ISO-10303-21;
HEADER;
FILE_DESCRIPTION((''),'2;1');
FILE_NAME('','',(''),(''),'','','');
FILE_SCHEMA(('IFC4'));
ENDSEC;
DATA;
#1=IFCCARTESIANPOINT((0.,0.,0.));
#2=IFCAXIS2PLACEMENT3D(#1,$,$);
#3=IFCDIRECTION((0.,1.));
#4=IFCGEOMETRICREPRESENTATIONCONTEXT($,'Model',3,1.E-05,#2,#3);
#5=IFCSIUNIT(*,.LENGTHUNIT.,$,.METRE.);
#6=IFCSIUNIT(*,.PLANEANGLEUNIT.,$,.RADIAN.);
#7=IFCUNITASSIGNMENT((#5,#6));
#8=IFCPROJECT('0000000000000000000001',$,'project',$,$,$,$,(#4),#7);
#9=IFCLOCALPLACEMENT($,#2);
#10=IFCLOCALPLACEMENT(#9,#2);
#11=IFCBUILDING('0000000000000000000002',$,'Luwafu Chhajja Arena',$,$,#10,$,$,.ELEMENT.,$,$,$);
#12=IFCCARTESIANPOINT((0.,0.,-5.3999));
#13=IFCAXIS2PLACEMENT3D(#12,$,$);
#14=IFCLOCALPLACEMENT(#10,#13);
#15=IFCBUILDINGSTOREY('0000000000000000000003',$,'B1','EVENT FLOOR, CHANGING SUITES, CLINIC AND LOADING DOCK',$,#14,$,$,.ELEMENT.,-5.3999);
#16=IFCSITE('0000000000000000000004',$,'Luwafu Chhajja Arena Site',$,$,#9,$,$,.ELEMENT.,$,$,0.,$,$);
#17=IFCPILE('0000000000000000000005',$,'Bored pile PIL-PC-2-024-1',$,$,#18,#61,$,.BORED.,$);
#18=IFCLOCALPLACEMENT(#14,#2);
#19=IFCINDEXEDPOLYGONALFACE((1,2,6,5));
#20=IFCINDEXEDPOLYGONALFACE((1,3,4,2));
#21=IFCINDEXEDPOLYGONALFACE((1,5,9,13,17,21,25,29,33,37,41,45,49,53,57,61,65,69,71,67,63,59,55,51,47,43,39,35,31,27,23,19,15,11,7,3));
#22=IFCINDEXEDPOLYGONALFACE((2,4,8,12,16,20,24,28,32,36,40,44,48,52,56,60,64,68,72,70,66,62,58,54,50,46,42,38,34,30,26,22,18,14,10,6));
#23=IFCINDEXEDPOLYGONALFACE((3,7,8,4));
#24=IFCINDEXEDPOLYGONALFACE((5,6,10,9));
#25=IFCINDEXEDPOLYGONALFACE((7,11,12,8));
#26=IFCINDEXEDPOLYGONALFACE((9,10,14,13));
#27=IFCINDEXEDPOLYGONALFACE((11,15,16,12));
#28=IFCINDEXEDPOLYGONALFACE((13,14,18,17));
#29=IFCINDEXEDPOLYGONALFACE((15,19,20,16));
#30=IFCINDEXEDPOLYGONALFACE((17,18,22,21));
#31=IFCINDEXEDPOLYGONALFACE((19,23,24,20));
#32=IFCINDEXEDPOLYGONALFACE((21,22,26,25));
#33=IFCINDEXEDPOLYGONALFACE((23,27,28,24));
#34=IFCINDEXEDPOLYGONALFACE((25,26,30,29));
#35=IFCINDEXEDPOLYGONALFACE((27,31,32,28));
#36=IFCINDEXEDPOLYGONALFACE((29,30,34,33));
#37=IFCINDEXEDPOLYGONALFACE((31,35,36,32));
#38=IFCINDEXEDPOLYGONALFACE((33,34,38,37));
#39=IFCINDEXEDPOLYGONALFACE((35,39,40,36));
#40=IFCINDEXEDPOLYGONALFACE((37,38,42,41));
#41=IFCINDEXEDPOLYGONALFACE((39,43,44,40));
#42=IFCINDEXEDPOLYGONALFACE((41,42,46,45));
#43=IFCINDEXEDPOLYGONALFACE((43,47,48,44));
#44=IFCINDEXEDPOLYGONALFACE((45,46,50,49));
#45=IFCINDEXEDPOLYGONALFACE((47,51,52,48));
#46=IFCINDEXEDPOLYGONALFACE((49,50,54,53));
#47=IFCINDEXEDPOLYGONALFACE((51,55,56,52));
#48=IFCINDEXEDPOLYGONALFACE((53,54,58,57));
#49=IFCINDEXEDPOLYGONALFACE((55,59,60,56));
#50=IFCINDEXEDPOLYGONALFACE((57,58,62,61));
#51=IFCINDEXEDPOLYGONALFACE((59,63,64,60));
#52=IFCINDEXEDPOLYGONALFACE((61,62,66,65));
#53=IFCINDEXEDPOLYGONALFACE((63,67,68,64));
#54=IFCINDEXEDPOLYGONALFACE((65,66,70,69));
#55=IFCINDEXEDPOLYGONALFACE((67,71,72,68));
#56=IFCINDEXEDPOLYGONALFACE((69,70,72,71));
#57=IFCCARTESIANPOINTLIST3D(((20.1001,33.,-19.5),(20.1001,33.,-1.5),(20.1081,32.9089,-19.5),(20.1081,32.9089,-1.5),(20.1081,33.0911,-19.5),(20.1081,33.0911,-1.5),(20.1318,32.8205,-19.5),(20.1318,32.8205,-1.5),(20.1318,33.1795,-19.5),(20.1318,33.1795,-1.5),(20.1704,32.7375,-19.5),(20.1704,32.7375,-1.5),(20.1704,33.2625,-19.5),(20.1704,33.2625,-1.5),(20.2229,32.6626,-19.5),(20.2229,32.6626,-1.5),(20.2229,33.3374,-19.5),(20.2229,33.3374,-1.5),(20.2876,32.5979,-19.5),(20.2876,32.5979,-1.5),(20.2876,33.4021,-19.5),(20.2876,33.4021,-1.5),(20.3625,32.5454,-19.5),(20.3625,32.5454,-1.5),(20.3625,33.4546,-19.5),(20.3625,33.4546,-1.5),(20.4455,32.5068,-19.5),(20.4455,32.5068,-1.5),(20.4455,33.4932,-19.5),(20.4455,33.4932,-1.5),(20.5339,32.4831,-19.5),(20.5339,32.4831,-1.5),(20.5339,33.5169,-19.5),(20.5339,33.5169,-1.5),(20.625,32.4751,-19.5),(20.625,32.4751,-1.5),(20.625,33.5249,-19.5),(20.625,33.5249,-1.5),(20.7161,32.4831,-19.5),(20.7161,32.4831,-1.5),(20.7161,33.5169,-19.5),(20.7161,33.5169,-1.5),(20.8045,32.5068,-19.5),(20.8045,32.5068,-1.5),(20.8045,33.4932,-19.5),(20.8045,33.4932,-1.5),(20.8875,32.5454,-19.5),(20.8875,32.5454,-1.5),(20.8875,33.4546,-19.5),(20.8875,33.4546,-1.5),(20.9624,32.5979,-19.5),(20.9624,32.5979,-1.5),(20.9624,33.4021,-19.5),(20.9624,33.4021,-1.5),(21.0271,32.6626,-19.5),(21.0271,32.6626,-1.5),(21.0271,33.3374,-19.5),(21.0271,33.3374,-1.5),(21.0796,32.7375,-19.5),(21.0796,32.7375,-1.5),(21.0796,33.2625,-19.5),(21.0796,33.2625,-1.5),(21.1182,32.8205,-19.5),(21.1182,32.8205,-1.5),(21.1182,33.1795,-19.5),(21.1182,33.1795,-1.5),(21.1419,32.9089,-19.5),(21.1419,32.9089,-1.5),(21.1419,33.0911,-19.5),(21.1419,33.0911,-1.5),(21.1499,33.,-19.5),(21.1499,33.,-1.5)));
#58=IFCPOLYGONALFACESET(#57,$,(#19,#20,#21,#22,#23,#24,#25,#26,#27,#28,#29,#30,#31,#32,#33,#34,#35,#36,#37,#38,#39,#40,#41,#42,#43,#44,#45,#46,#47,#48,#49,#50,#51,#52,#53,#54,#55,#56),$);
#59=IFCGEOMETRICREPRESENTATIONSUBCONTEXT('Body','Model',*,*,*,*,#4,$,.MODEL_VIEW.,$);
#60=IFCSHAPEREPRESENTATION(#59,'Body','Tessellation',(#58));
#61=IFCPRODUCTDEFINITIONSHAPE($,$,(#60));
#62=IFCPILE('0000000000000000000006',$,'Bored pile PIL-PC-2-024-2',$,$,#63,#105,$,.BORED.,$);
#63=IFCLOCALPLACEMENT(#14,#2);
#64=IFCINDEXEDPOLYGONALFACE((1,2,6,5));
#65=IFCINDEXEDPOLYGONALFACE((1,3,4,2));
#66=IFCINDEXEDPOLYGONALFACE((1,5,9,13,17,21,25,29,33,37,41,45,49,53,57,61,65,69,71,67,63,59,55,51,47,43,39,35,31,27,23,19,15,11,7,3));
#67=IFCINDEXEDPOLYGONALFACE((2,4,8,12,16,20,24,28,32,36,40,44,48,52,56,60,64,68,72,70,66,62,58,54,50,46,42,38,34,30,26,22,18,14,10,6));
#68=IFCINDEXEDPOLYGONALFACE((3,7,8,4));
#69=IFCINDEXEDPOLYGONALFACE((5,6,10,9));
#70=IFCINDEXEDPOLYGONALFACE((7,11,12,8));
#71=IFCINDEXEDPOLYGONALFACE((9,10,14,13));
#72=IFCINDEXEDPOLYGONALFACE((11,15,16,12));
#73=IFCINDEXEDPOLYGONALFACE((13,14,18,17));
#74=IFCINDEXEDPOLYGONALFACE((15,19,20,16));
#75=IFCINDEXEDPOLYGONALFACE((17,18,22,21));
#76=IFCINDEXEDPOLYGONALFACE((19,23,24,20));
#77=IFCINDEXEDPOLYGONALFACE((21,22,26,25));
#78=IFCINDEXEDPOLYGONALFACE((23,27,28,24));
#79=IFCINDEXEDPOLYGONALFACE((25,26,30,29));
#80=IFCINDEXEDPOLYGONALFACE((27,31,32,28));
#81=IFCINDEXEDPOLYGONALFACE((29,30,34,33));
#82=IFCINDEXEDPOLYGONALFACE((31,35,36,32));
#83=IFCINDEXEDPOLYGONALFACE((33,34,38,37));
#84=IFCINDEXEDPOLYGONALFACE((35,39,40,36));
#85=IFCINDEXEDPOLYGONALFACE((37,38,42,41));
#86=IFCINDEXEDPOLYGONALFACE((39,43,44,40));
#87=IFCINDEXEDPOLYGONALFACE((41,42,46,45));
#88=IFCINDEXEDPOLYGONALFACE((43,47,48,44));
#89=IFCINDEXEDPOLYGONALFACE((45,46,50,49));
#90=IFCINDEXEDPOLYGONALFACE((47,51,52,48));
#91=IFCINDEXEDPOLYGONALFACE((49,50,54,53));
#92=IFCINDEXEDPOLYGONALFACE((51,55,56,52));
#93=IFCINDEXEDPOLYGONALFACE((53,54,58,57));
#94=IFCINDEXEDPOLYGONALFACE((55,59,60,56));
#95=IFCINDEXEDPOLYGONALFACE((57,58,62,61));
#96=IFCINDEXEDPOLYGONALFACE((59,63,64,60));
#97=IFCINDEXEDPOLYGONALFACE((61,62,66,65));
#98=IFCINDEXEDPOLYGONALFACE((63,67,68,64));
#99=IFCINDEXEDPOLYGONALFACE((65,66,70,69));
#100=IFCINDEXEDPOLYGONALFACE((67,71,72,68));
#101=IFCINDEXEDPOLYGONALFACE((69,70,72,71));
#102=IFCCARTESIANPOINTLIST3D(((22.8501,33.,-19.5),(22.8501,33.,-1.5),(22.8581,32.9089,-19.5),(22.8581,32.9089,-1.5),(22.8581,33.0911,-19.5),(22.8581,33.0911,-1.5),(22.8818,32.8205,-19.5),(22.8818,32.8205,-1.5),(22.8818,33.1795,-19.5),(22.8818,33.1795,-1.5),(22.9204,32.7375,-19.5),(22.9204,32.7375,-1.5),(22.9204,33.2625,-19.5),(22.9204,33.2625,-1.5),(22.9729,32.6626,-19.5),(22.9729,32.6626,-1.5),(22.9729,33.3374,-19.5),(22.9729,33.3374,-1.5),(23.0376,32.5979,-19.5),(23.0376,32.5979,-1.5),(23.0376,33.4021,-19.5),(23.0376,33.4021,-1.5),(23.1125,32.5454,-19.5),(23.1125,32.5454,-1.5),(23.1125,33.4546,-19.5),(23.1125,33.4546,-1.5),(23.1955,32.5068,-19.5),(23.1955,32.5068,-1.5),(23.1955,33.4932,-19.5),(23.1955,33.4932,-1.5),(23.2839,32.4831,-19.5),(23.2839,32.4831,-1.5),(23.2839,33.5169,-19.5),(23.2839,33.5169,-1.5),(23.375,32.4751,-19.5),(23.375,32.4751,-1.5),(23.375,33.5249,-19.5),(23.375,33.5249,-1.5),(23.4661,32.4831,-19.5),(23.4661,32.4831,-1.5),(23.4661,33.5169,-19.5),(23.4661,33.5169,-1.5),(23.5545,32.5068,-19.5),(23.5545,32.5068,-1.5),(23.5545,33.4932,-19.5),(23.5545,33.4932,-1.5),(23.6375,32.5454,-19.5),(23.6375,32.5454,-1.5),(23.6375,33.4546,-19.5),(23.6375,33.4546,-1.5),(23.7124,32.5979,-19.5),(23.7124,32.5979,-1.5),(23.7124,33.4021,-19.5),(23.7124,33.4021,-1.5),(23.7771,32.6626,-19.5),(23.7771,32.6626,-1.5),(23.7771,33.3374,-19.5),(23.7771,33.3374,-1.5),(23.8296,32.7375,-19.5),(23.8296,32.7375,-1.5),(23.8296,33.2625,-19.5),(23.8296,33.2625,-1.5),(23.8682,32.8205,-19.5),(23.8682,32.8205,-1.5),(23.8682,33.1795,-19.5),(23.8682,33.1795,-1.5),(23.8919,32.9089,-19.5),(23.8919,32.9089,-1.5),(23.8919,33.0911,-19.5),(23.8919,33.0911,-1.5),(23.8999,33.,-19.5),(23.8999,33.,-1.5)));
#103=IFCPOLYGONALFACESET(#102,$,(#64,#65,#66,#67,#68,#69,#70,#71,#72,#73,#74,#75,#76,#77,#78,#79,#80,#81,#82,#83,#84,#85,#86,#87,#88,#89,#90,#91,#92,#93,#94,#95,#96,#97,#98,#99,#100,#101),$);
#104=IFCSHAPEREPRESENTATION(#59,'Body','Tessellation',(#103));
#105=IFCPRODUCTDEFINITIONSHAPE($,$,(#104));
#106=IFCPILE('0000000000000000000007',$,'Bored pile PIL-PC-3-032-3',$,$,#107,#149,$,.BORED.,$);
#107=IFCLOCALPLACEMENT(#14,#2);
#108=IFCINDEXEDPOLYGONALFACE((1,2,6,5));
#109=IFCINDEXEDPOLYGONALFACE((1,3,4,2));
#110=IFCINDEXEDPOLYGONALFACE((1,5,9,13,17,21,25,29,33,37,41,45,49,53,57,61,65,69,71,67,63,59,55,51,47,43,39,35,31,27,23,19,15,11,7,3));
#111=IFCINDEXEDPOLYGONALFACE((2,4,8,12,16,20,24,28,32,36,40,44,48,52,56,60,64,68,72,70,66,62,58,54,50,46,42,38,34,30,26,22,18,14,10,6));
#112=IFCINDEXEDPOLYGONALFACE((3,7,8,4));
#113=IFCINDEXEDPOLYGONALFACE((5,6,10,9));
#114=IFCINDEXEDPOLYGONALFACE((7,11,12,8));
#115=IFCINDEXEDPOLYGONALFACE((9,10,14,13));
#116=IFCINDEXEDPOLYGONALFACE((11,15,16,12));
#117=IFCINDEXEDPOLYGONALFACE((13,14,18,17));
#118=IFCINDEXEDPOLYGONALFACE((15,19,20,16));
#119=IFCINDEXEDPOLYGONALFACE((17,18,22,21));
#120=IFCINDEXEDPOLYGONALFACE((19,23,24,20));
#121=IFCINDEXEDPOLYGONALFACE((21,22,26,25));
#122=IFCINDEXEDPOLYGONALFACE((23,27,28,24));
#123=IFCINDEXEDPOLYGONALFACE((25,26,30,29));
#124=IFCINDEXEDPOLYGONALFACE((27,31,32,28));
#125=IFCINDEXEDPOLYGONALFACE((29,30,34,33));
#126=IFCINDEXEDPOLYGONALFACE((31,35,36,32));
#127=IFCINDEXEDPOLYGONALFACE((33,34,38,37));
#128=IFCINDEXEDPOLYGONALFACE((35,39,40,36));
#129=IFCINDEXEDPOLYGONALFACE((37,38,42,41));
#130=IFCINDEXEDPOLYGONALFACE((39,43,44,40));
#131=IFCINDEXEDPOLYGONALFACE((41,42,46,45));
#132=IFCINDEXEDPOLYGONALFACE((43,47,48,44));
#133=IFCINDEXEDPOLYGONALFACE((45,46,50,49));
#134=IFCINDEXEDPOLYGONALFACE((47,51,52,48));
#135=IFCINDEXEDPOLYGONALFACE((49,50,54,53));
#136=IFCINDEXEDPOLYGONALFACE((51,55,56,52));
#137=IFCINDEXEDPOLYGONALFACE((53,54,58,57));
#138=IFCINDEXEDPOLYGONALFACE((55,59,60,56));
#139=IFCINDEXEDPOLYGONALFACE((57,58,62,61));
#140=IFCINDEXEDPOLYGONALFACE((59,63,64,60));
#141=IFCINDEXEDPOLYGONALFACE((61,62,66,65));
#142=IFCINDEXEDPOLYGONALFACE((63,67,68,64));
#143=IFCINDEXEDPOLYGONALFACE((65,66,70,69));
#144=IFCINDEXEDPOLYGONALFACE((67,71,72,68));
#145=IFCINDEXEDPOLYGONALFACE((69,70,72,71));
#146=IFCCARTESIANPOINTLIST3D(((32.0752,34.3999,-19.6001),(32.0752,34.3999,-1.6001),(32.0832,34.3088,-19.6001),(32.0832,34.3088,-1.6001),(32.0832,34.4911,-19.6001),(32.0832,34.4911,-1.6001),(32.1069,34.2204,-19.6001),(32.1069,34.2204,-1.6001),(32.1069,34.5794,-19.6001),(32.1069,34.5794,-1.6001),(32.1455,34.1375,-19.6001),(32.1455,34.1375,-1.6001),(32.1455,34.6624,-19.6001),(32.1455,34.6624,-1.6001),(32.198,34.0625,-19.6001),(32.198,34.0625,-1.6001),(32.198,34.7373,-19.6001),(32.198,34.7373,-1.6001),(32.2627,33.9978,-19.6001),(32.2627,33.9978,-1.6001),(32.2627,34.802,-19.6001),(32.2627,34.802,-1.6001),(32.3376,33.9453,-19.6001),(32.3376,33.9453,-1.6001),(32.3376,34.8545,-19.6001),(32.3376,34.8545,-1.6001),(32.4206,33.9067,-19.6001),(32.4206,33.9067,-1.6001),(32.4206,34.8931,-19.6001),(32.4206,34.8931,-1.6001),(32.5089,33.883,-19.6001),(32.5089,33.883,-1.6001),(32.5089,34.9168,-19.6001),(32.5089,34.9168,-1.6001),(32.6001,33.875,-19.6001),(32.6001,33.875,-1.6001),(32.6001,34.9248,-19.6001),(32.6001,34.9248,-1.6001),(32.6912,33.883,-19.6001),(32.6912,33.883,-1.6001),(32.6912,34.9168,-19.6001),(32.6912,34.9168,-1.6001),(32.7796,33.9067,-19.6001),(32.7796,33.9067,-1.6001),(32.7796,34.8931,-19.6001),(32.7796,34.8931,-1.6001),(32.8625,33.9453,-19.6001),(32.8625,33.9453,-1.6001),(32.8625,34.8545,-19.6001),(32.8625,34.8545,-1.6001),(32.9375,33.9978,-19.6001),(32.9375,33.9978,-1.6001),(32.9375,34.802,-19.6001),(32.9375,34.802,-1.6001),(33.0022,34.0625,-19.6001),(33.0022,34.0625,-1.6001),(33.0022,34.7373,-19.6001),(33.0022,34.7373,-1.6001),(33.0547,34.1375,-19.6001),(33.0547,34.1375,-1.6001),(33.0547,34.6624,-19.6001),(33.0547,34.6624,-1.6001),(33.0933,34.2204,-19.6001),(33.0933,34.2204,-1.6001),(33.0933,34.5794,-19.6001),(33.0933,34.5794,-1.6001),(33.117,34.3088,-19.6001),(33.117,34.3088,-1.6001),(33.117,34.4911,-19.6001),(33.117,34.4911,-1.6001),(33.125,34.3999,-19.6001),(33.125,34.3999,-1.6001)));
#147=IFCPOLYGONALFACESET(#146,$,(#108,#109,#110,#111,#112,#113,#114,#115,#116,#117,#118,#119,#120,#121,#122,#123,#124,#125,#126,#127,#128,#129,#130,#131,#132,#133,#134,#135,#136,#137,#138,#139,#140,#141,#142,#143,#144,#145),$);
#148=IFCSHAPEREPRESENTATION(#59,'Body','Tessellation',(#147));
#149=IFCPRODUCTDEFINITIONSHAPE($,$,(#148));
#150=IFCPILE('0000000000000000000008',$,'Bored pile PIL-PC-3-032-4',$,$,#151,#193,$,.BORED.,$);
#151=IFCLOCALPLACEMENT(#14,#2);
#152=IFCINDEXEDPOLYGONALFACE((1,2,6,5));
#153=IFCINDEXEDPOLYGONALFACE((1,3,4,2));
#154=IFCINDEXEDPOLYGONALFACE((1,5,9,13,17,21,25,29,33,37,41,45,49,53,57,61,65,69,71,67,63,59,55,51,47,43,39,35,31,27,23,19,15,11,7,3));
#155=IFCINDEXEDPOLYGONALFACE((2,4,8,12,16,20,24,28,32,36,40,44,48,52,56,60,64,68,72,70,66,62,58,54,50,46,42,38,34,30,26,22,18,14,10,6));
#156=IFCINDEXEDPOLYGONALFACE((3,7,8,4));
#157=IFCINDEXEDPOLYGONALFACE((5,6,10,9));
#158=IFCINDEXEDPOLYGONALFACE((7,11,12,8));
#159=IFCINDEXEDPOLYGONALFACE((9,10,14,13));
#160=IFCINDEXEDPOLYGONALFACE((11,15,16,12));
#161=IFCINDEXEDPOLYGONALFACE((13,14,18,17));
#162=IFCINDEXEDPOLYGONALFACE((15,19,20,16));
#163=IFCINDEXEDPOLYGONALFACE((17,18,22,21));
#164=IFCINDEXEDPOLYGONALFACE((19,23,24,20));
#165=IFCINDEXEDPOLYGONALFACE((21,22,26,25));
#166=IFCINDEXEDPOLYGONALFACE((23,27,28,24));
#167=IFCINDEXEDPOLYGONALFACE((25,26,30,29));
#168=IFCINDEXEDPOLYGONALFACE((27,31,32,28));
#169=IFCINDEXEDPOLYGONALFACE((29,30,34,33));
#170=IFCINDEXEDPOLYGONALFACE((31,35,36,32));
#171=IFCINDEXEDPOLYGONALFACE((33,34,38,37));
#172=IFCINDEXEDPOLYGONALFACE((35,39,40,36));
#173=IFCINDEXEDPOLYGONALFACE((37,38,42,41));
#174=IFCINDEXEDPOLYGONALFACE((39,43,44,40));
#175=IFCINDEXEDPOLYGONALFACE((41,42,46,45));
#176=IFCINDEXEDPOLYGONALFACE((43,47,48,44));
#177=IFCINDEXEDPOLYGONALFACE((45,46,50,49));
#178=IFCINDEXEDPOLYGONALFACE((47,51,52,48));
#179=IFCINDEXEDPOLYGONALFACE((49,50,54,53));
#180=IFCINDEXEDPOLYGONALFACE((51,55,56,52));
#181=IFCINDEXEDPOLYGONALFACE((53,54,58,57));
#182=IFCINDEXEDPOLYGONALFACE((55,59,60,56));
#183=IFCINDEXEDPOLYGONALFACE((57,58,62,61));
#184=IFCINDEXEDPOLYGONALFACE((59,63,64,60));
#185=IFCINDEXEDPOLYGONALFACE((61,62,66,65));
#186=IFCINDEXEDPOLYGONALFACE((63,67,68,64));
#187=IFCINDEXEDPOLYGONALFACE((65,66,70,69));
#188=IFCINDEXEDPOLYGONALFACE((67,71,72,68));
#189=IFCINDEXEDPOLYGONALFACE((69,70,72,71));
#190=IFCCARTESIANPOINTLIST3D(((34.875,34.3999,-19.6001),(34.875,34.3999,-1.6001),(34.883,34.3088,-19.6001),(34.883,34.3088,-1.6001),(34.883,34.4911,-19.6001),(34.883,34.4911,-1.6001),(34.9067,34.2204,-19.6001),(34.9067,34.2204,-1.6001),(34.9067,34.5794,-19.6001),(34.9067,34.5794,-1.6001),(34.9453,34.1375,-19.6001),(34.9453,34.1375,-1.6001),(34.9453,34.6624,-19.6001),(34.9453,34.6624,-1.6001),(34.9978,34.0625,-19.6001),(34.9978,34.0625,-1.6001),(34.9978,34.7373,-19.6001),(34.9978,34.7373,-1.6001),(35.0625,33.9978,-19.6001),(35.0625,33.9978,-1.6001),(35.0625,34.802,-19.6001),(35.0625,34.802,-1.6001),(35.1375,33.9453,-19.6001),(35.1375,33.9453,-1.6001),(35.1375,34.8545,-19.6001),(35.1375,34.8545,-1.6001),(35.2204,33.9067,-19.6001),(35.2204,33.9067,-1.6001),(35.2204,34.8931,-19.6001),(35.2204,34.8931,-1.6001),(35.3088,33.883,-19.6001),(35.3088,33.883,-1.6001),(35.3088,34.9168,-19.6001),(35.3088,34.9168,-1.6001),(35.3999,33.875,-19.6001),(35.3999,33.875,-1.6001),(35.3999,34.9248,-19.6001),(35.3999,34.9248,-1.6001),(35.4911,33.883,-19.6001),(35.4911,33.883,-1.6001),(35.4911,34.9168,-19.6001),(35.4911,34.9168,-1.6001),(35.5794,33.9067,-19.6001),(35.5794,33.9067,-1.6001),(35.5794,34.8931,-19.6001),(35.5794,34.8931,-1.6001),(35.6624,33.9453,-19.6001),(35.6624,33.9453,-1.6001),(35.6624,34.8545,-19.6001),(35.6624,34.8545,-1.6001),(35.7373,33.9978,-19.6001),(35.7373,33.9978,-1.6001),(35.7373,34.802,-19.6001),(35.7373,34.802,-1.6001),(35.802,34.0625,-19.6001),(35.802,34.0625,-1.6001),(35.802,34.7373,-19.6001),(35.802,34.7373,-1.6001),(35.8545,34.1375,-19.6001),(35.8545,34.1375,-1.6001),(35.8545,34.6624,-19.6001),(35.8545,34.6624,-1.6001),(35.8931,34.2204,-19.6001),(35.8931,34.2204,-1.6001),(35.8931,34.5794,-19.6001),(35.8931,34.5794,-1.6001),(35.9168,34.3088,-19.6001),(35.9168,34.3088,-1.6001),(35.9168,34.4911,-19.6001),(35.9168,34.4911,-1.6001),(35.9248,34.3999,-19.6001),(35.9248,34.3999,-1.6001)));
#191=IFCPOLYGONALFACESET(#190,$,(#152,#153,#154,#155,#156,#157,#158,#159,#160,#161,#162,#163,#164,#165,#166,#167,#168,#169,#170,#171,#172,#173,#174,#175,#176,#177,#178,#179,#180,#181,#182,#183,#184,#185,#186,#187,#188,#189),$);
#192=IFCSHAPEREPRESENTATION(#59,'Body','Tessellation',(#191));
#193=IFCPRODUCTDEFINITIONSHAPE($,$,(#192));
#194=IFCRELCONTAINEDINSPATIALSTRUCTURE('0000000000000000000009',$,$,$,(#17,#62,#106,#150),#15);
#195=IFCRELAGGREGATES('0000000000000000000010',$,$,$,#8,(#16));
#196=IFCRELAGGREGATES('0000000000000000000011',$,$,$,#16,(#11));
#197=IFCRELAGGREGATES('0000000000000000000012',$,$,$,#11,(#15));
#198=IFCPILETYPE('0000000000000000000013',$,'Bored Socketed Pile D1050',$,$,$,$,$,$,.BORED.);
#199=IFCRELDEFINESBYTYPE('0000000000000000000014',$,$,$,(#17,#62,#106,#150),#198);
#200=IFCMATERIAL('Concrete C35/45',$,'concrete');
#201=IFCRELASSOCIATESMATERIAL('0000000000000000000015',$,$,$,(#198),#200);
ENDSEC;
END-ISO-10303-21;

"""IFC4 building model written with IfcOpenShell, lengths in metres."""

from ifc_helpers import new_model, si_unit, direction, frame, origin, origin_2d, place, context, subcontext, project, spatial, circle, extrude, material, material_profile, profile_set, type_object, element, save


model = new_model("IFC4")

# Units and contexts
model_context = context("Model", 3, precision=1e-05, world=origin(), true_north=direction((0.0, 1.0)))
body_context = subcontext(model_context, "Body", "Model", "MODEL_VIEW")
ifc_project = project(units=[si_unit("LENGTHUNIT", "METRE"), si_unit("PLANEANGLEUNIT", "RADIAN")], contexts=[model_context])

# Site, building, storey
site_placement = place(None, origin())
site = spatial("IfcSite", under=ifc_project, at=site_placement, Name="Luwafu Chhajja Arena Site", CompositionType="ELEMENT", RefElevation=0.0)
building_placement = place(site_placement, origin())
building = spatial("IfcBuilding", under=site, at=building_placement, Name="Luwafu Chhajja Arena", CompositionType="ELEMENT")
storey_placement = place(building_placement, frame((0.0, 0.0, -5.3999)))
storey = spatial("IfcBuildingStorey", under=building, at=storey_placement, Name="B1", Description="EVENT FLOOR, CHANGING SUITES, CLINIC AND LOADING DOCK", CompositionType="ELEMENT", Elevation=-5.3999)

# Piles
ifc_material_1 = material(Name="Concrete C35/45", Category="concrete")
ifc_material_profile_1 = material_profile(ifc_material_1, circle(Radius=0.5249, at=origin_2d()), Name="PILE D1050")
ifc_profile_set_1 = profile_set([ifc_material_profile_1], Name="Concrete C35/45")
pile_type_1 = type_object("IfcPileType", Name="Bored Socketed Pile D1050", PredefinedType="BORED", material=ifc_profile_set_1)
for number, where, z_axis, x_axis, name in (
    (1, (20.625, 33.0, -1.5), (0.0, 0.0, -1.0), (1.0, 0.0, 0.0), "Bored pile PIL-PC-2-024-1"),
    (2, (23.375, 33.0, -1.5), (0.0, 0.0, -1.0), (1.0, 0.0, 0.0), "Bored pile PIL-PC-2-024-2"),
    (3, (32.6001, 34.3999, -1.6001), (0.0, 0.0, -1.0), (1.0, 0.0, 0.0), "Bored pile PIL-PC-3-032-3"),
    (4, (35.3999, 34.3999, -1.6001), (0.0, 0.0, -1.0), (1.0, 0.0, 0.0), "Bored pile PIL-PC-3-032-4"),
):
    element("IfcPile", number, at=place(storey_placement, frame(where, z_axis=z_axis, x_axis=x_axis)), inside=storey, type_object=pile_type_1, Name=name, PredefinedType="BORED", context=body_context, shape_type="SweptSolid", body=[
        extrude(circle(Radius=0.5249, at=origin_2d()), origin(), (0.0, 0.0, 1.0), 18.0),
    ])

save(model, "model.ifc")
